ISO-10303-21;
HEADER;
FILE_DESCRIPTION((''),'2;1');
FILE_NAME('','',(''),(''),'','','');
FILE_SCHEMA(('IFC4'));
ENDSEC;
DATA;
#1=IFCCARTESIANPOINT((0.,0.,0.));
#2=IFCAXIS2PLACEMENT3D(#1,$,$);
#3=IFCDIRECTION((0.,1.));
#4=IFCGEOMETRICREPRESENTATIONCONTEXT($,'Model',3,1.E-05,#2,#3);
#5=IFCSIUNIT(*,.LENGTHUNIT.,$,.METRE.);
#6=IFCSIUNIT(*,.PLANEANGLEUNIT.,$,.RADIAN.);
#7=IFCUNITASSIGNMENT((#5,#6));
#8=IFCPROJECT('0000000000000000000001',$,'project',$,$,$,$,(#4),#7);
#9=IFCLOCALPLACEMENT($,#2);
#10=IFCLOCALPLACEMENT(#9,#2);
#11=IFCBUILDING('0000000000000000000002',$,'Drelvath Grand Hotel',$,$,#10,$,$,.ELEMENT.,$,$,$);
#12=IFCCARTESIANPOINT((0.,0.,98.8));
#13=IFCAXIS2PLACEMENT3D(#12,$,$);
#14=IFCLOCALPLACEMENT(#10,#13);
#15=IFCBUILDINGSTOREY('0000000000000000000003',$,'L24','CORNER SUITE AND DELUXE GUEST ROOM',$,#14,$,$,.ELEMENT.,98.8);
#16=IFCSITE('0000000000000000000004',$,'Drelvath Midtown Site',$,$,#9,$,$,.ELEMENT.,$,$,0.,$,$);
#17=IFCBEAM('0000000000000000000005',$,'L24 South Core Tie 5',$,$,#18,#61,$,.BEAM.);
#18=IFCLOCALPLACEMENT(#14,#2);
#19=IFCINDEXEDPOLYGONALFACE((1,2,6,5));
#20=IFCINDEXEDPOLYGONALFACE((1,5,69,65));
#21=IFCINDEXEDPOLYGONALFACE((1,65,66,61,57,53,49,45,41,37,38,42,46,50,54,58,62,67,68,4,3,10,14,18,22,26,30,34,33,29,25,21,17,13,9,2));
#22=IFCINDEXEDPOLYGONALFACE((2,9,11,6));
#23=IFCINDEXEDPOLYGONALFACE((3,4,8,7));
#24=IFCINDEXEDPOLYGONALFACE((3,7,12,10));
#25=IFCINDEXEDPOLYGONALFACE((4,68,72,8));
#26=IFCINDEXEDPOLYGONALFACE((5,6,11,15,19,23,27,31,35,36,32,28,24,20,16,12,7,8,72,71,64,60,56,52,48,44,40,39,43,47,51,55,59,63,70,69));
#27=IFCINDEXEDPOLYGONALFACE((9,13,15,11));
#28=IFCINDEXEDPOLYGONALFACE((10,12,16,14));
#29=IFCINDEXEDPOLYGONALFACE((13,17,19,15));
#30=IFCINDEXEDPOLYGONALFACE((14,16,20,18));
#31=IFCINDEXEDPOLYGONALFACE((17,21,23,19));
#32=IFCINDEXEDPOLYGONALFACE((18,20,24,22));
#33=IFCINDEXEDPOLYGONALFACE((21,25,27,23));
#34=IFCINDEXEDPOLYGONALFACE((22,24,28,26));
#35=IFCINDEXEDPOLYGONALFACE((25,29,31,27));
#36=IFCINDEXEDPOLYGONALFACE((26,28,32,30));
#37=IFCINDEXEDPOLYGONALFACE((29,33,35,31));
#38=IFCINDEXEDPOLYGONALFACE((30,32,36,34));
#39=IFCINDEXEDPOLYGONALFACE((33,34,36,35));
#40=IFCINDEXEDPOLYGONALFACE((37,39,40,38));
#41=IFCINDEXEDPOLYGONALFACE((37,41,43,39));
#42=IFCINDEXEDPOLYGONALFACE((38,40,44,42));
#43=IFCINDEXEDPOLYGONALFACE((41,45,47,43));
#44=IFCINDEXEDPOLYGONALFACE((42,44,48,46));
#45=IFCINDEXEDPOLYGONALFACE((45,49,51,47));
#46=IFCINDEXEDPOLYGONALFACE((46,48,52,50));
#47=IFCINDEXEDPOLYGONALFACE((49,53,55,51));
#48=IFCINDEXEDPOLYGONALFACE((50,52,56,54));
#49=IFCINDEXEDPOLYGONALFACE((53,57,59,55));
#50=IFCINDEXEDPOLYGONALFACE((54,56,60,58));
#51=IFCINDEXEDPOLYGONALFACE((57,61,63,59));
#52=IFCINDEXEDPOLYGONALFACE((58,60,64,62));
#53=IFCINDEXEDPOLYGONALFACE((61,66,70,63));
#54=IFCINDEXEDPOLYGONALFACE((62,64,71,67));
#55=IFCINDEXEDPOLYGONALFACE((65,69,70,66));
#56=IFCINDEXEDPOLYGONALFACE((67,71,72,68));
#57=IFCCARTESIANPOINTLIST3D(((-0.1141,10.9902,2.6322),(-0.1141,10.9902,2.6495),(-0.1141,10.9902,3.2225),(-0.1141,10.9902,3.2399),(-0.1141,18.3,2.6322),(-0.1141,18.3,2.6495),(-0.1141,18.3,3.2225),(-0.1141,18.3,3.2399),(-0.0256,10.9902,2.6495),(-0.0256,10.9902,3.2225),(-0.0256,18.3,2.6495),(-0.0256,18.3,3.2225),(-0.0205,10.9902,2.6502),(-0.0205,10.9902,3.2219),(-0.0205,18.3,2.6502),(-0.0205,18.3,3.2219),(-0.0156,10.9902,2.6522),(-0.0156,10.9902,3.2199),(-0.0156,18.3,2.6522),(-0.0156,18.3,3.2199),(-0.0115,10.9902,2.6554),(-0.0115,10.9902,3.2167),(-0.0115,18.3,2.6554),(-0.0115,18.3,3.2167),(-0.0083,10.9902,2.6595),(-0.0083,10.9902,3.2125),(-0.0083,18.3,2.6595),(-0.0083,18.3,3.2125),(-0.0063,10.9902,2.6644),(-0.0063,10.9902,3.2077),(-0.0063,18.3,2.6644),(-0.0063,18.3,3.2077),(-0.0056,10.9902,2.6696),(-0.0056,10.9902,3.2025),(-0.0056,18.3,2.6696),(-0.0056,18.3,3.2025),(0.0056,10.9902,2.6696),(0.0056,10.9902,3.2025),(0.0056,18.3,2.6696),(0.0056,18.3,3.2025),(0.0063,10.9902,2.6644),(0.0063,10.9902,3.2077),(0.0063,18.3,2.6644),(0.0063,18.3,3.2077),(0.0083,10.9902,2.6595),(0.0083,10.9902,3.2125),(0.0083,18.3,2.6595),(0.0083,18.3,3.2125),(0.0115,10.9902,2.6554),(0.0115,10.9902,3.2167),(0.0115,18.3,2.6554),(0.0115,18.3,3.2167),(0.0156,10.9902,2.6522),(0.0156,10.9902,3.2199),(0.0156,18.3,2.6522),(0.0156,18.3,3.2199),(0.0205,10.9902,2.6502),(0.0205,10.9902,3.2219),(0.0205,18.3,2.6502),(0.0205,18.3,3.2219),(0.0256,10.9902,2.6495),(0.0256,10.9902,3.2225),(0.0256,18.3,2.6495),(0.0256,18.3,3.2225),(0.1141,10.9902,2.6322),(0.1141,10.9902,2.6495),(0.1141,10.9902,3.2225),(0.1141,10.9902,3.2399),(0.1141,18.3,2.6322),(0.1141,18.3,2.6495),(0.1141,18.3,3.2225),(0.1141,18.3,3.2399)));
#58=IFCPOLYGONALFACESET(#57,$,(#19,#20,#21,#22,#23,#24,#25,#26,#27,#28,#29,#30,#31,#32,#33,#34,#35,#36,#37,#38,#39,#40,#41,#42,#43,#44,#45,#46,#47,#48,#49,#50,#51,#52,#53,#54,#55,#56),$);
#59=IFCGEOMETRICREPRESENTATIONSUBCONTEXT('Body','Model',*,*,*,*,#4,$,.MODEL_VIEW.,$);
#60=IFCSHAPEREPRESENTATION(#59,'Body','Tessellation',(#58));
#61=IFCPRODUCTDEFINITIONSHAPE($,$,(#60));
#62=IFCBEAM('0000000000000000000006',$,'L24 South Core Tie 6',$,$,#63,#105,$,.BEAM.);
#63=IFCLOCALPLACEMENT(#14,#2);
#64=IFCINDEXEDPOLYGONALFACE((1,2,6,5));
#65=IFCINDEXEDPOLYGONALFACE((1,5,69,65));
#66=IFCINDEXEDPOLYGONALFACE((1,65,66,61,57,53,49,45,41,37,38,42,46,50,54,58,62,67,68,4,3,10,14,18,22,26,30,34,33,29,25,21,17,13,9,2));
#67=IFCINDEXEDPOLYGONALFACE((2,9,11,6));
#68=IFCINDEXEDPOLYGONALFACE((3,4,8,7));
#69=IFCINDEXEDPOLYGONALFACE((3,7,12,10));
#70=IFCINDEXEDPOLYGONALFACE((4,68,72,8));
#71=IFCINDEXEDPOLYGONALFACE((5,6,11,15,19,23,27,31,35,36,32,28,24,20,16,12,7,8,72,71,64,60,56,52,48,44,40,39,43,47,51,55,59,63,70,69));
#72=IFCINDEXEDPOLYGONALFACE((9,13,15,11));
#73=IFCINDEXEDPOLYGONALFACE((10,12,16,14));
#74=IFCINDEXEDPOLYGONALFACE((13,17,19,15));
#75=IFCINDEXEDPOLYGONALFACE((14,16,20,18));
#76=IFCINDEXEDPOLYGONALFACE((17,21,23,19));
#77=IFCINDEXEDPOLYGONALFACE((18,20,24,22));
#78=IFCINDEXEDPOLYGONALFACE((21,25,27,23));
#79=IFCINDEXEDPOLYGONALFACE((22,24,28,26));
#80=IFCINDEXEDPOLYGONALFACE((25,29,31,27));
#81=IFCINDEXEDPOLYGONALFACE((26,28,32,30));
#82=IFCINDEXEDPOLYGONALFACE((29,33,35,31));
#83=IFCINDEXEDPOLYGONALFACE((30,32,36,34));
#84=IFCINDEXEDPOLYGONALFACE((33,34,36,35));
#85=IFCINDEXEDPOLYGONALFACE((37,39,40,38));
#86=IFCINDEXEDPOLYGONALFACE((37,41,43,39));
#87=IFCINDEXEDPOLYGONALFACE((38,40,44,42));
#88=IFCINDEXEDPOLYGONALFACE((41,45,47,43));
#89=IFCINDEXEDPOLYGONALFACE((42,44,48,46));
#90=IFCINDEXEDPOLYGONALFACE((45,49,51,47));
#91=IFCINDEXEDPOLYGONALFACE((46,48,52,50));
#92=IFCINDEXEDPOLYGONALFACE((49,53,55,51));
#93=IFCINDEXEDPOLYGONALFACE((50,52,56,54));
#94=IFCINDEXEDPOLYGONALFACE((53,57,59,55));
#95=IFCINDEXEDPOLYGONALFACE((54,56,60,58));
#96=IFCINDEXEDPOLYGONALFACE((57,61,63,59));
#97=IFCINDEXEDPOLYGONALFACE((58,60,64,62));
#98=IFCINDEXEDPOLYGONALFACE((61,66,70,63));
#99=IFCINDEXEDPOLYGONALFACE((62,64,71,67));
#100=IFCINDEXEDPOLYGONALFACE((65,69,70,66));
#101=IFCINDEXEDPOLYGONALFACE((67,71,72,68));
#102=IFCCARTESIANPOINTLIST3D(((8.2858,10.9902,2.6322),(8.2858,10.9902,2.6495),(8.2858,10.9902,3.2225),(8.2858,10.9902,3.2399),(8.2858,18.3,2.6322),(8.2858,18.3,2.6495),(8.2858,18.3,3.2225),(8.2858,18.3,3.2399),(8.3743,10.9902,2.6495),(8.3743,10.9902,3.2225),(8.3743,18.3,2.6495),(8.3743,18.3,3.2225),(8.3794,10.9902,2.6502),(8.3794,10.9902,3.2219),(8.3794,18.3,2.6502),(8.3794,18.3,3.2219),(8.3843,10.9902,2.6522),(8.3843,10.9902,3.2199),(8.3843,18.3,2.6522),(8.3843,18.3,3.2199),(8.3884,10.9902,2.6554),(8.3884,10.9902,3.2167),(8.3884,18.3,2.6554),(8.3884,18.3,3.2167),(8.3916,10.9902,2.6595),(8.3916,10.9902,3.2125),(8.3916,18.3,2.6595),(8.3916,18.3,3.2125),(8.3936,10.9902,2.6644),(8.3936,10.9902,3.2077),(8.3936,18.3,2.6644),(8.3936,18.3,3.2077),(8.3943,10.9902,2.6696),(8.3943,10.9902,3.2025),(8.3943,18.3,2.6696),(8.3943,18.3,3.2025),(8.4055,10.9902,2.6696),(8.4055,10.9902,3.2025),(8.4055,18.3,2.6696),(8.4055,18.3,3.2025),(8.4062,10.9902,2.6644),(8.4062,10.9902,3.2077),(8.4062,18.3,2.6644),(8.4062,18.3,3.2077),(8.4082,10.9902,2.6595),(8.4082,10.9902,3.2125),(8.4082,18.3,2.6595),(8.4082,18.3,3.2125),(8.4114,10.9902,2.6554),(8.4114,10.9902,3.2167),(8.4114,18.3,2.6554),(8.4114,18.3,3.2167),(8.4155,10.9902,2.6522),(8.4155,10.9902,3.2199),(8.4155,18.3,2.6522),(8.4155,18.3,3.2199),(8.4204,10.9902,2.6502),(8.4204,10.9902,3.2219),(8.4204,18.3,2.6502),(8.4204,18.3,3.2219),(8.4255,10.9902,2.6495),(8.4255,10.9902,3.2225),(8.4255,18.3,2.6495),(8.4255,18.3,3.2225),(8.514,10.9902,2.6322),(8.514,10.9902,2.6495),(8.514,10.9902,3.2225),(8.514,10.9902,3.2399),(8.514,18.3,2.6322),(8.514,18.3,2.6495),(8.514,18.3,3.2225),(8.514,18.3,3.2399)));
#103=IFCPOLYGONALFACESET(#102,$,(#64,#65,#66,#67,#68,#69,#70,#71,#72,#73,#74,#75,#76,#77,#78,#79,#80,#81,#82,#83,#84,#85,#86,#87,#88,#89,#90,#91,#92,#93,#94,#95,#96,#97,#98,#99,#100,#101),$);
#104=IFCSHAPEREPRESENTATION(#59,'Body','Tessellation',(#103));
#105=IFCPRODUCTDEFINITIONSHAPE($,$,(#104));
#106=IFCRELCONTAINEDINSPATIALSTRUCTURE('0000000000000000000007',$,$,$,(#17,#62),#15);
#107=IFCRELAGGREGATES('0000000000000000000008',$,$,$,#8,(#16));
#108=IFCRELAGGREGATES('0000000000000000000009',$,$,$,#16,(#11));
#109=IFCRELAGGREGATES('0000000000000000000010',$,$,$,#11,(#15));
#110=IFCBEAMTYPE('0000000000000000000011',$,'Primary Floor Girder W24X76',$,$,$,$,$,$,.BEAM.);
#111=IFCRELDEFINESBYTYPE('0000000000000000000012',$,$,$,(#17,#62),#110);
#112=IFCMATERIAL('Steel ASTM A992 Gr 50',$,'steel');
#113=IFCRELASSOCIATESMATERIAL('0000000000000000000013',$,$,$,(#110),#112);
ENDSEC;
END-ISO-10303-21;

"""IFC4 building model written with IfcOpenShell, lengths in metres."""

from ifc_helpers import new_model, si_unit, direction, frame, origin, origin_2d, place, context, subcontext, project, spatial, i_section, extrude, material, material_profile, profile_set, type_object, element, save


model = new_model("IFC4")

# Units and contexts
model_context = context("Model", 3, precision=1e-05, world=origin(), true_north=direction((0.0, 1.0)))
body_context = subcontext(model_context, "Body", "Model", "MODEL_VIEW")
ifc_project = project(units=[si_unit("LENGTHUNIT", "METRE"), si_unit("PLANEANGLEUNIT", "RADIAN")], contexts=[model_context])

# Site, building, storey
site_placement = place(None, origin())
site = spatial("IfcSite", under=ifc_project, at=site_placement, Name="Drelvath Midtown Site", CompositionType="ELEMENT", RefElevation=0.0)
building_placement = place(site_placement, origin())
building = spatial("IfcBuilding", under=site, at=building_placement, Name="Drelvath Grand Hotel", CompositionType="ELEMENT")
storey_placement = place(building_placement, frame((0.0, 0.0, 98.8)))
storey = spatial("IfcBuildingStorey", under=building, at=storey_placement, Name="L24", Description="CORNER SUITE AND DELUXE GUEST ROOM", CompositionType="ELEMENT", Elevation=98.8)

# Beams
ifc_material_1 = material(Name="Steel ASTM A992 Gr 50", Category="steel")
ifc_material_profile = material_profile(ifc_material_1, i_section(OverallWidth=0.2283, OverallDepth=0.6077, WebThickness=0.0112, FlangeThickness=0.0173, FilletRadius=0.02, at=origin_2d()), Name="W24X76")
ifc_profile_set = profile_set([ifc_material_profile], Name="Steel ASTM A992 Gr 50")
beam_type = type_object("IfcBeamType", Name="Primary Floor Girder W24X76", PredefinedType="BEAM", material=ifc_profile_set)
for number, where, z_axis, x_axis, name in (
    (1, (0.0, 10.9902, 2.936), (0.0, 1.0, 0.0), (-1.0, 0.0, 0.0), "L24 South Core Tie 5"),
    (2, (8.3999, 10.9902, 2.936), (0.0, 1.0, 0.0), (-1.0, 0.0, 0.0), "L24 South Core Tie 6"),
):
    element("IfcBeam", number, at=place(storey_placement, frame(where, z_axis=z_axis, x_axis=x_axis)), inside=storey, type_object=beam_type, Name=name, PredefinedType="BEAM", context=body_context, shape_type="SweptSolid", body=[
        extrude(i_section(OverallWidth=0.2283, OverallDepth=0.6077, WebThickness=0.0112, FlangeThickness=0.0173, FilletRadius=0.02, at=origin_2d()), origin(), (0.0, 0.0, 1.0), 7.3098),
    ])

save(model, "model.ifc")
